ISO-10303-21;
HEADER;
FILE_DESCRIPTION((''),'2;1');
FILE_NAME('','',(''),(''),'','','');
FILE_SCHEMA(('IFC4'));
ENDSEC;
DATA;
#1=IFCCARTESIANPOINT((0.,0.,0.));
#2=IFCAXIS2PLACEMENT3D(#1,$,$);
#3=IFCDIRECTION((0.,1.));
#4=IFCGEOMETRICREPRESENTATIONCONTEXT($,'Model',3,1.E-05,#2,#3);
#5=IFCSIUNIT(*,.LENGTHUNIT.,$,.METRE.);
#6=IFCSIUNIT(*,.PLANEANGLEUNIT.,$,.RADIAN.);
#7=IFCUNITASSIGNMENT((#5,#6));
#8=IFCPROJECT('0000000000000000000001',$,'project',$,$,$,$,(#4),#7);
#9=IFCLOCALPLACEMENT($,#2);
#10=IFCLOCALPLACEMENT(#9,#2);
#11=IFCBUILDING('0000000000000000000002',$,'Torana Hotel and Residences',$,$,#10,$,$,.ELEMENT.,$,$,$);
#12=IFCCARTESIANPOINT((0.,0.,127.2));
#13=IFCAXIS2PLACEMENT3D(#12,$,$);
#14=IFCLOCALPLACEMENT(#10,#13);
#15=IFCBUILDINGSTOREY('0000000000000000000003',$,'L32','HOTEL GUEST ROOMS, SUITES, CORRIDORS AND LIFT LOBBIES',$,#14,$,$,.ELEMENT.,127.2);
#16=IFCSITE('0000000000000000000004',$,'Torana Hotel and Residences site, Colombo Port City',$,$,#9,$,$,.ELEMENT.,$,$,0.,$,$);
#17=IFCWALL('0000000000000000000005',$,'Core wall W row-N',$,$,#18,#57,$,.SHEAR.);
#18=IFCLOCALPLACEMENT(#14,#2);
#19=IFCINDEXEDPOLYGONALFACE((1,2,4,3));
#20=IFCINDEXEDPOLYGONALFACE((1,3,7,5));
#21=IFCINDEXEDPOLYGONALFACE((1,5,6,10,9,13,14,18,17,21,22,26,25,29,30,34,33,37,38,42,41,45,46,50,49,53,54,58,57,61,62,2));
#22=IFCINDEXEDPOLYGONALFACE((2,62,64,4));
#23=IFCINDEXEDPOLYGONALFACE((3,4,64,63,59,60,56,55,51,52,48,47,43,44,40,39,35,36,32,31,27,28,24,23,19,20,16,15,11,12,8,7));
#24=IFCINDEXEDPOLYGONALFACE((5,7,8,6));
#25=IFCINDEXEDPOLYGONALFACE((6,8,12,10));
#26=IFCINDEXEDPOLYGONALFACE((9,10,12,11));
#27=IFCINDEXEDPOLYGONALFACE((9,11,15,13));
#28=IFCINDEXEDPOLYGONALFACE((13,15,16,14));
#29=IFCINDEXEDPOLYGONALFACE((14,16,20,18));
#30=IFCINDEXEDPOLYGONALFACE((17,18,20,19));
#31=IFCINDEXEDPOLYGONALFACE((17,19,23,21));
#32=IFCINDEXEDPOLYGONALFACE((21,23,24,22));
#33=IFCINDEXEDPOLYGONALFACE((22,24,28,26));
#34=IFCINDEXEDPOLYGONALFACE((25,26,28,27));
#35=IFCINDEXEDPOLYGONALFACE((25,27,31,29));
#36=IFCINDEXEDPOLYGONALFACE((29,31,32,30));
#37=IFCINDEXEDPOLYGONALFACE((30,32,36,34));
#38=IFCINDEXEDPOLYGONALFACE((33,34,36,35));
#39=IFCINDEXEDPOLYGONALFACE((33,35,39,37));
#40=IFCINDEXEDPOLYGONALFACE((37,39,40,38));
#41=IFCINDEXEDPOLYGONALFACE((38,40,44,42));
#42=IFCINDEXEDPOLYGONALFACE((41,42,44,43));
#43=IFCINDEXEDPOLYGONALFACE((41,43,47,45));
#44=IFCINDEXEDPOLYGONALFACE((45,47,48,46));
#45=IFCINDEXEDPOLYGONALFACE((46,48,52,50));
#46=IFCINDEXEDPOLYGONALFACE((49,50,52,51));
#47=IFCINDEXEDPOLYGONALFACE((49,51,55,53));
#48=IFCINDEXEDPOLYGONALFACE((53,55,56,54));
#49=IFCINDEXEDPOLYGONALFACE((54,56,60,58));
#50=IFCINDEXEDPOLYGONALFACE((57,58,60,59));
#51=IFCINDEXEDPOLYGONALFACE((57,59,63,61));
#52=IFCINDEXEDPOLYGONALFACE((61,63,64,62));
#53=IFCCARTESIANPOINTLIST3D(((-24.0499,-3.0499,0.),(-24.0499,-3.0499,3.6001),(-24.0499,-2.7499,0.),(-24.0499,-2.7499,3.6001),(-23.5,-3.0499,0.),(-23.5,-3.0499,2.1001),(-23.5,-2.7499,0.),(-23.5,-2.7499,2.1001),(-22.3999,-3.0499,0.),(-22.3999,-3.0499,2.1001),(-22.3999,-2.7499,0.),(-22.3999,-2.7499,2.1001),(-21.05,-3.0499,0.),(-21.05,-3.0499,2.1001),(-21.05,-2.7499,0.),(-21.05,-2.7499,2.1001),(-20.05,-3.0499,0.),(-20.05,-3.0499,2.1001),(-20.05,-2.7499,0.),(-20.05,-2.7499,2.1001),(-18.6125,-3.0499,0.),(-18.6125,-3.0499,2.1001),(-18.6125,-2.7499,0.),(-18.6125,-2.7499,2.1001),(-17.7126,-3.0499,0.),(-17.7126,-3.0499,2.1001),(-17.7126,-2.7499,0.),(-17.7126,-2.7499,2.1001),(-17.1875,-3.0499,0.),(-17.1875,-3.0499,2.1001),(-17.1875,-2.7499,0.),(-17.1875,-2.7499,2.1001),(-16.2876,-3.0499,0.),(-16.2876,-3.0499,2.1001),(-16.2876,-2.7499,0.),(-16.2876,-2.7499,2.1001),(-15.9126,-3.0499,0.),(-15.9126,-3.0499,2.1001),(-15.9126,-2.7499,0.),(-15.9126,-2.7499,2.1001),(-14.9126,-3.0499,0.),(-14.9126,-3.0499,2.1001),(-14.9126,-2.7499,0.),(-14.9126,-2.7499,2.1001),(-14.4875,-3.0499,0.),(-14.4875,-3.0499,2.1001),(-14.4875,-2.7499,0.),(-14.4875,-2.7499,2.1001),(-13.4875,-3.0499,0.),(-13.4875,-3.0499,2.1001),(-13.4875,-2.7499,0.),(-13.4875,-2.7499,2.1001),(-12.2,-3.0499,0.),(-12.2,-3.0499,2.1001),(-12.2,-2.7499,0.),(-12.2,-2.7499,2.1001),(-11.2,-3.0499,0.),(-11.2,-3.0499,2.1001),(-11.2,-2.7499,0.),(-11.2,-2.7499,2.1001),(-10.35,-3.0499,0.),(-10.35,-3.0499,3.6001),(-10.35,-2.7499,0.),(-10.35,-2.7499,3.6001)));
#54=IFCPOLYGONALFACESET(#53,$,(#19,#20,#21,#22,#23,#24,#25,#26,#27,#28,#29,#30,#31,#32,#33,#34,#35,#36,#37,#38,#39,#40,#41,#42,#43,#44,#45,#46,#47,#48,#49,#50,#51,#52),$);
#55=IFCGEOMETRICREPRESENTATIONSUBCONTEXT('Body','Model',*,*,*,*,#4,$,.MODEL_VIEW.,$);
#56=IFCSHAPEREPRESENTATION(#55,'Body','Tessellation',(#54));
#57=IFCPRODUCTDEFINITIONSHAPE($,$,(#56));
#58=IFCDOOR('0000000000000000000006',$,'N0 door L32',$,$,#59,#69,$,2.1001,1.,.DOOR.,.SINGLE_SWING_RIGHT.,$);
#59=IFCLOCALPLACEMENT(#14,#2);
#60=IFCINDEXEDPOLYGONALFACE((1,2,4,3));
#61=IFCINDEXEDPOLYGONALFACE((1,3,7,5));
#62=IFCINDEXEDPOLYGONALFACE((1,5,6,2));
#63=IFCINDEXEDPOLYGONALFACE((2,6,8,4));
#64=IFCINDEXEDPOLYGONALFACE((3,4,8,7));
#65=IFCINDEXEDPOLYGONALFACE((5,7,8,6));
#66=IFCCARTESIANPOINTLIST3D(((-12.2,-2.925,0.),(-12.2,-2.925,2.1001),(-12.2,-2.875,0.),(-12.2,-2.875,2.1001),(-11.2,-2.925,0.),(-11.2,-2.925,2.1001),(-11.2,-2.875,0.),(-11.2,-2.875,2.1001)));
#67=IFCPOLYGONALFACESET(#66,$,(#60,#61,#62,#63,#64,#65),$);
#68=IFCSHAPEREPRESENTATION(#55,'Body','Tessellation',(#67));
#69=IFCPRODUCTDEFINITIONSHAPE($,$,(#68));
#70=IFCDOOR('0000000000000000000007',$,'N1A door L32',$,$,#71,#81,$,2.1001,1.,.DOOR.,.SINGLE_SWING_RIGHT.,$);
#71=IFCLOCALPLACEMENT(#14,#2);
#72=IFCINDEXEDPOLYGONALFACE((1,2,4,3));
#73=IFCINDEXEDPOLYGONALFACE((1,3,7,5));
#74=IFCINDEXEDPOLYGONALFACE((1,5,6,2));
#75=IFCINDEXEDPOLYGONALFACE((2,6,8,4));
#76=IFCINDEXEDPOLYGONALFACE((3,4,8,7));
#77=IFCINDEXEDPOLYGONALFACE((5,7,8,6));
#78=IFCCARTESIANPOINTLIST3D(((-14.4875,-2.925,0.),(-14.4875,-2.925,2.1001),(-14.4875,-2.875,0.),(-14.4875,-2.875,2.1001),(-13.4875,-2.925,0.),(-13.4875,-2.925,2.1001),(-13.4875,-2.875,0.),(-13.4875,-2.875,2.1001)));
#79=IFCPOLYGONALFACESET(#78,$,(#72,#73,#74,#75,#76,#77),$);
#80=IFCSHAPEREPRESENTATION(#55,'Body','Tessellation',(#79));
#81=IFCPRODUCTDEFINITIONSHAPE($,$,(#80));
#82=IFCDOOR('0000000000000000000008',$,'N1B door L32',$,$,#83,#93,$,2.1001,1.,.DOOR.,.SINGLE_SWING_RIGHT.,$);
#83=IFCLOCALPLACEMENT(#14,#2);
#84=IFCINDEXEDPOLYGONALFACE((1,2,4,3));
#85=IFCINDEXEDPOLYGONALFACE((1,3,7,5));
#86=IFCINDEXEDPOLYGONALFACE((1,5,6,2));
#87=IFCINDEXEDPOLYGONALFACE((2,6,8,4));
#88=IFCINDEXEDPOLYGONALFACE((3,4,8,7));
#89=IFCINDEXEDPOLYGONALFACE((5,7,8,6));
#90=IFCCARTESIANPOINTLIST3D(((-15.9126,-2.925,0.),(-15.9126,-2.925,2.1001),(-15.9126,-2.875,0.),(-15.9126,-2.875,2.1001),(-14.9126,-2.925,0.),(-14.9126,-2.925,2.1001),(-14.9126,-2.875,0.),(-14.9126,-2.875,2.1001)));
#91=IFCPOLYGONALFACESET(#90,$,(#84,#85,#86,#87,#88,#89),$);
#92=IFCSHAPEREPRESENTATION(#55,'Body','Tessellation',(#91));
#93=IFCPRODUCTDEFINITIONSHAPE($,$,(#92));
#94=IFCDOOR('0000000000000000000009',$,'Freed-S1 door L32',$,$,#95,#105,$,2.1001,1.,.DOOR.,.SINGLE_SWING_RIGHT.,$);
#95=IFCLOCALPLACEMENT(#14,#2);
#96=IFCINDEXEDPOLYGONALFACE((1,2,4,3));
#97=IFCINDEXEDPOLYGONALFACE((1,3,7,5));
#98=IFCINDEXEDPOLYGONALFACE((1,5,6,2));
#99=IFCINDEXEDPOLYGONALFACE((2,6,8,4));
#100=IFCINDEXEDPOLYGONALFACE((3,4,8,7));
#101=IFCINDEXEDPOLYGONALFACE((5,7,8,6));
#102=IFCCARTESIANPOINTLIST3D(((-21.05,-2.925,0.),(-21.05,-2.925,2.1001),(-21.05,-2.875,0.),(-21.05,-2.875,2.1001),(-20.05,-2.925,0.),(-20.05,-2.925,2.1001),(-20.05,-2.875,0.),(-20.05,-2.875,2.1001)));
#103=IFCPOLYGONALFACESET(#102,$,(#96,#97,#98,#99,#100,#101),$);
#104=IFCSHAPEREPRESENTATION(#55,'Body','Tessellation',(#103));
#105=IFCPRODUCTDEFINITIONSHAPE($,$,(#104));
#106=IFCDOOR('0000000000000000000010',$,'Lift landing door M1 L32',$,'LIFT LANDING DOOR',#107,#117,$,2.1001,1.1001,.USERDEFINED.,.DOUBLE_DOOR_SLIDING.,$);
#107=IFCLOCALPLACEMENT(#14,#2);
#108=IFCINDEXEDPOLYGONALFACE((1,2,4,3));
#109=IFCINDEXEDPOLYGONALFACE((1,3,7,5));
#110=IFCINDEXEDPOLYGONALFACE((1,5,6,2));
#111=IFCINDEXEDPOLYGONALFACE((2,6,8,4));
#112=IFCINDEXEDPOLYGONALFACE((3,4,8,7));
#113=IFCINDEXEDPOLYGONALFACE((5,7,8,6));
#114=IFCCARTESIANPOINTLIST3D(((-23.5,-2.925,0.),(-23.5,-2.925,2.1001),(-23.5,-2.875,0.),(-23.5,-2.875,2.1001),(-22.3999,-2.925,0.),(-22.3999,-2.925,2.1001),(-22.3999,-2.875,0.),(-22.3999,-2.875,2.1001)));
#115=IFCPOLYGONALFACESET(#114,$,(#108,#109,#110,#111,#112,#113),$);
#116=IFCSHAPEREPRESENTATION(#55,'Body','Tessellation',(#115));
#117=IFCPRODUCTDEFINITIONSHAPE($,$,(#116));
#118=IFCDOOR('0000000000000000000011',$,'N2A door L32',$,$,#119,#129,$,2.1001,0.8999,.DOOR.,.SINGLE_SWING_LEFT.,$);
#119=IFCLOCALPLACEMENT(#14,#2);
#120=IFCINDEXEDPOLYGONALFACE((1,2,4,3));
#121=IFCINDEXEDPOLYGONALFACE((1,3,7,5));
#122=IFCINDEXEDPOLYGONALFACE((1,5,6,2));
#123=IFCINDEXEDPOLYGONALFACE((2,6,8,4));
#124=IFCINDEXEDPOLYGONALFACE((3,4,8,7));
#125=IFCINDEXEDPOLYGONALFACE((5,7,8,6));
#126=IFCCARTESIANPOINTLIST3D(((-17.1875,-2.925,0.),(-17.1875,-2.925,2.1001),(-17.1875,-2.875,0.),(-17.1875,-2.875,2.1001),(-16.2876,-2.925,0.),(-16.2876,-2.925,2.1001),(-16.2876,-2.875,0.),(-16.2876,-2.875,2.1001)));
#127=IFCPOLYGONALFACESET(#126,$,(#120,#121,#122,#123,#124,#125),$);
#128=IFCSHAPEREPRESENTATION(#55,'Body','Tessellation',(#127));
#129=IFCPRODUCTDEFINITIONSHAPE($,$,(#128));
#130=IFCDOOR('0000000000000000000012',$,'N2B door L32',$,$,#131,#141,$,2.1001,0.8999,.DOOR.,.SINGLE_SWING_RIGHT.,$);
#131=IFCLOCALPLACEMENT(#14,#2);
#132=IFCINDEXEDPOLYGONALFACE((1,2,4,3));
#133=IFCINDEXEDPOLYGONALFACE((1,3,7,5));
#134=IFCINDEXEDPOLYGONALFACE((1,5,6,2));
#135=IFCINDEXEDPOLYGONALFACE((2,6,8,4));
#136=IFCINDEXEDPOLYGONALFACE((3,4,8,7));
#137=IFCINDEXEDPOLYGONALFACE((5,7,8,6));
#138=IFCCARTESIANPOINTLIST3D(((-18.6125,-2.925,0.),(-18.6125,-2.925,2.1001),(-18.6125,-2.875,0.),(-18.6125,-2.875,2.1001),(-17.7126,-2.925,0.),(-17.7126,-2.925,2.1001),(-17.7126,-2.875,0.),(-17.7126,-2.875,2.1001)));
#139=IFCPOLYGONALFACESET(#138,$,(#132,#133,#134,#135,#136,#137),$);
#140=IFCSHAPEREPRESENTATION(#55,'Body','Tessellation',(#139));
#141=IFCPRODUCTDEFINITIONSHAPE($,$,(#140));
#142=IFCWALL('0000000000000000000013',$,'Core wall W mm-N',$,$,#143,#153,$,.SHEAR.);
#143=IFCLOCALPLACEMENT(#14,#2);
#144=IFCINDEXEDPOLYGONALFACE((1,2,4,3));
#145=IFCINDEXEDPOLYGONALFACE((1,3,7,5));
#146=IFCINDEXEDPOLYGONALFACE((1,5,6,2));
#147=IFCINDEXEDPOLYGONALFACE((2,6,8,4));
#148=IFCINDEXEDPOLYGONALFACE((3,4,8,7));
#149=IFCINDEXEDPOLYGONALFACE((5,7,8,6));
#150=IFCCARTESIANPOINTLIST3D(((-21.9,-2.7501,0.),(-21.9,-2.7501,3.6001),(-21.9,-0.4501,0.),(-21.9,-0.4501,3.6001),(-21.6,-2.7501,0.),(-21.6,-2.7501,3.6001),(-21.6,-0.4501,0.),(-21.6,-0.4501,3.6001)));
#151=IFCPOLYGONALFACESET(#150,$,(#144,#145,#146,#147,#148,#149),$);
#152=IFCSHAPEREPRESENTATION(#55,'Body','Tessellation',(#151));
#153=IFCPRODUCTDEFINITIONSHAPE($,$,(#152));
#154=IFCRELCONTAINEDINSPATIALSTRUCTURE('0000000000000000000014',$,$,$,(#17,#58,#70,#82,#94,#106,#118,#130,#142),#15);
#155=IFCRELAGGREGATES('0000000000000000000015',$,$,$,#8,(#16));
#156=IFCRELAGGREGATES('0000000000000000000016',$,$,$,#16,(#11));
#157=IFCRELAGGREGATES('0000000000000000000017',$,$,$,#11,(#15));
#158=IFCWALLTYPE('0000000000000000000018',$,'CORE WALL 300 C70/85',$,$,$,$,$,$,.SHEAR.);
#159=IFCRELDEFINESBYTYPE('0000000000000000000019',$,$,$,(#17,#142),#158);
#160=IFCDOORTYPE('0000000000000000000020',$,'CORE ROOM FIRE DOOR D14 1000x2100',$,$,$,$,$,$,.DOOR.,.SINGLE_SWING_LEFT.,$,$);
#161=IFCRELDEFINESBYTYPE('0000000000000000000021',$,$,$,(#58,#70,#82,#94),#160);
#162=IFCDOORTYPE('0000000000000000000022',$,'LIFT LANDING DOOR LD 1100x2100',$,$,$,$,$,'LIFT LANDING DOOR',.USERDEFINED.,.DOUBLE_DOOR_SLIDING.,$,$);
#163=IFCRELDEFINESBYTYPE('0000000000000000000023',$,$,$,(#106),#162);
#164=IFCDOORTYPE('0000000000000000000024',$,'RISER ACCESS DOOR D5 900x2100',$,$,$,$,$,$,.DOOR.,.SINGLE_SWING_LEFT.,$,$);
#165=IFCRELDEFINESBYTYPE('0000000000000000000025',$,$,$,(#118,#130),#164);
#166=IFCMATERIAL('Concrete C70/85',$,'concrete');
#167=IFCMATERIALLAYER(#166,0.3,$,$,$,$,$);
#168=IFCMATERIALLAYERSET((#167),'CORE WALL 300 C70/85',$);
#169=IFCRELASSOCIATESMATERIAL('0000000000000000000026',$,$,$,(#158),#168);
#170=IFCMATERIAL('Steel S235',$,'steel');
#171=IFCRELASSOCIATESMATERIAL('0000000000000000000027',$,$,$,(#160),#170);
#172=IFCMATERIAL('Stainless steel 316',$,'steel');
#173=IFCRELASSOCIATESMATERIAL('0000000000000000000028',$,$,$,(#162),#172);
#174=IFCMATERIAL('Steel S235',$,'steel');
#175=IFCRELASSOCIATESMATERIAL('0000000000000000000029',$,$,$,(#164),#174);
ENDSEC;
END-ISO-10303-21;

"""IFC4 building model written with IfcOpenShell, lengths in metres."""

from ifc_helpers import new_model, si_unit, direction, frame, frame_2d, origin, place, context, subcontext, project, spatial, rectangle, extrude, material, layer, layer_set, type_object, element, fill, save


model = new_model("IFC4")

# Units and contexts
model_context = context("Model", 3, precision=1e-05, world=origin(), true_north=direction((0.0, 1.0)))
body_context = subcontext(model_context, "Body", "Model", "MODEL_VIEW")
ifc_project = project(units=[si_unit("LENGTHUNIT", "METRE"), si_unit("PLANEANGLEUNIT", "RADIAN")], contexts=[model_context])

# Site, building, storey
site_placement = place(None, origin())
site = spatial("IfcSite", under=ifc_project, at=site_placement, Name="Torana Hotel and Residences site, Colombo Port City", CompositionType="ELEMENT", RefElevation=0.0)
building_placement = place(site_placement, origin())
building = spatial("IfcBuilding", under=site, at=building_placement, Name="Torana Hotel and Residences", CompositionType="ELEMENT")
storey_placement = place(building_placement, frame((0.0, 0.0, 127.2)))
storey = spatial("IfcBuildingStorey", under=building, at=storey_placement, Name="L32", Description="HOTEL GUEST ROOMS, SUITES, CORRIDORS AND LIFT LOBBIES", CompositionType="ELEMENT", Elevation=127.2)

# Wall, openings, doors
ifc_material_1 = material(Name="Concrete C70/85", Category="concrete")
ifc_layer_1 = layer(ifc_material_1, 0.3)
ifc_layer_set_1 = layer_set([ifc_layer_1], Name="CORE WALL 300 C70/85")
wall_type_1 = type_object("IfcWallType", Name="CORE WALL 300 C70/85", PredefinedType="SHEAR", material=ifc_layer_set_1)
wall_1_placement = place(storey_placement, frame((-24.05, -2.8999, 0.0), z_axis=(0.0, 0.0, 1.0), x_axis=(1.0, 0.0, 0.0)))
wall_1 = element("IfcWall", 1, at=wall_1_placement, inside=storey, type_object=wall_type_1, Name="Core wall W row-N", PredefinedType="SHEAR", context=body_context, shape_type="SweptSolid", body=[
    extrude(rectangle(XDim=13.7, YDim=0.3, at=frame_2d((6.8501, 0.0))), origin(), (0.0, 0.0, 1.0), 3.6001),
])
opening_1_placement = place(wall_1_placement, frame((0.55, 0.0, 0.0)))
opening_1 = element("IfcOpeningElement", 2, at=opening_1_placement, cuts=wall_1, PredefinedType="OPENING", context=body_context, shape_type="SweptSolid", body=[
    extrude(rectangle(XDim=1.1001, YDim=2.1001, at=frame_2d((0.55, 1.05))), frame((0.0, 0.1599, 0.0), z_axis=(0.0, -1.0, 0.0), x_axis=(1.0, 0.0, 0.0)), (0.0, 0.0, 1.0), 0.3201),
])
opening_2_placement = place(wall_1_placement, frame((6.8625, 0.0, 0.0)))
opening_2 = element("IfcOpeningElement", 3, at=opening_2_placement, cuts=wall_1, PredefinedType="OPENING", context=body_context, shape_type="SweptSolid", body=[
    extrude(rectangle(XDim=0.8999, YDim=2.1001, at=frame_2d((0.45, 1.05))), frame((0.0, 0.1599, 0.0), z_axis=(0.0, -1.0, 0.0), x_axis=(1.0, 0.0, 0.0)), (0.0, 0.0, 1.0), 0.3201),
])
opening_3_placement = place(wall_1_placement, frame((5.4375, 0.0, 0.0)))
opening_3 = element("IfcOpeningElement", 4, at=opening_3_placement, cuts=wall_1, PredefinedType="OPENING", context=body_context, shape_type="SweptSolid", body=[
    extrude(rectangle(XDim=0.8999, YDim=2.1001, at=frame_2d((0.45, 1.05))), frame((0.0, 0.1599, 0.0), z_axis=(0.0, -1.0, 0.0), x_axis=(1.0, 0.0, 0.0)), (0.0, 0.0, 1.0), 0.3201),
])
opening_4_placement = place(wall_1_placement, frame((11.8501, 0.0, 0.0)))
opening_4 = element("IfcOpeningElement", 5, at=opening_4_placement, cuts=wall_1, PredefinedType="OPENING", context=body_context, shape_type="SweptSolid", body=[
    extrude(rectangle(XDim=1.0, YDim=2.1001, at=frame_2d((0.5, 1.05))), frame((0.0, 0.1599, 0.0), z_axis=(0.0, -1.0, 0.0), x_axis=(1.0, 0.0, 0.0)), (0.0, 0.0, 1.0), 0.3201),
])
opening_5_placement = place(wall_1_placement, frame((9.5625, 0.0, 0.0)))
opening_5 = element("IfcOpeningElement", 6, at=opening_5_placement, cuts=wall_1, PredefinedType="OPENING", context=body_context, shape_type="SweptSolid", body=[
    extrude(rectangle(XDim=1.0, YDim=2.1001, at=frame_2d((0.5, 1.05))), frame((0.0, 0.1599, 0.0), z_axis=(0.0, -1.0, 0.0), x_axis=(1.0, 0.0, 0.0)), (0.0, 0.0, 1.0), 0.3201),
])
opening_6_placement = place(wall_1_placement, frame((8.1375, 0.0, 0.0)))
opening_6 = element("IfcOpeningElement", 7, at=opening_6_placement, cuts=wall_1, PredefinedType="OPENING", context=body_context, shape_type="SweptSolid", body=[
    extrude(rectangle(XDim=1.0, YDim=2.1001, at=frame_2d((0.5, 1.05))), frame((0.0, 0.1599, 0.0), z_axis=(0.0, -1.0, 0.0), x_axis=(1.0, 0.0, 0.0)), (0.0, 0.0, 1.0), 0.3201),
])
opening_7_placement = place(wall_1_placement, frame((3.0, 0.0, 0.0)))
opening_7 = element("IfcOpeningElement", 8, at=opening_7_placement, cuts=wall_1, PredefinedType="OPENING", context=body_context, shape_type="SweptSolid", body=[
    extrude(rectangle(XDim=1.0, YDim=2.1001, at=frame_2d((0.5, 1.05))), frame((0.0, 0.1599, 0.0), z_axis=(0.0, -1.0, 0.0), x_axis=(1.0, 0.0, 0.0)), (0.0, 0.0, 1.0), 0.3201),
])
ifc_material_2 = material(Name="Steel S235", Category="steel")
door_type_1 = type_object("IfcDoorType", Name="CORE ROOM FIRE DOOR D14 1000x2100", OperationType="SINGLE_SWING_LEFT", PredefinedType="DOOR", material=ifc_material_2)
door_1_placement = place(opening_4_placement, origin())
door_1 = element("IfcDoor", 9, at=door_1_placement, inside=storey, type_object=door_type_1, Name="N0 door L32", OperationType="SINGLE_SWING_RIGHT", OverallHeight=2.1001, OverallWidth=1.0, PredefinedType="DOOR", context=body_context, shape_type="SweptSolid", body=[
    extrude(rectangle(XDim=1.0, YDim=2.1001, at=frame_2d((0.5, 1.05))), frame((0.0, 0.0249, 0.0), z_axis=(0.0, -1.0, 0.0), x_axis=(1.0, 0.0, 0.0)), (0.0, 0.0, 1.0), 0.05),
])
fill(opening_4, door_1)
door_2_placement = place(opening_5_placement, origin())
door_2 = element("IfcDoor", 10, at=door_2_placement, inside=storey, type_object=door_type_1, Name="N1A door L32", OperationType="SINGLE_SWING_RIGHT", OverallHeight=2.1001, OverallWidth=1.0, PredefinedType="DOOR", context=body_context, shape_type="SweptSolid", body=[
    extrude(rectangle(XDim=1.0, YDim=2.1001, at=frame_2d((0.5, 1.05))), frame((0.0, 0.0249, 0.0), z_axis=(0.0, -1.0, 0.0), x_axis=(1.0, 0.0, 0.0)), (0.0, 0.0, 1.0), 0.05),
])
fill(opening_5, door_2)
door_3_placement = place(opening_6_placement, origin())
door_3 = element("IfcDoor", 11, at=door_3_placement, inside=storey, type_object=door_type_1, Name="N1B door L32", OperationType="SINGLE_SWING_RIGHT", OverallHeight=2.1001, OverallWidth=1.0, PredefinedType="DOOR", context=body_context, shape_type="SweptSolid", body=[
    extrude(rectangle(XDim=1.0, YDim=2.1001, at=frame_2d((0.5, 1.05))), frame((0.0, 0.0249, 0.0), z_axis=(0.0, -1.0, 0.0), x_axis=(1.0, 0.0, 0.0)), (0.0, 0.0, 1.0), 0.05),
])
fill(opening_6, door_3)
door_4_placement = place(opening_7_placement, origin())
door_4 = element("IfcDoor", 12, at=door_4_placement, inside=storey, type_object=door_type_1, Name="Freed-S1 door L32", OperationType="SINGLE_SWING_RIGHT", OverallHeight=2.1001, OverallWidth=1.0, PredefinedType="DOOR", context=body_context, shape_type="SweptSolid", body=[
    extrude(rectangle(XDim=1.0, YDim=2.1001, at=frame_2d((0.5, 1.05))), frame((0.0, 0.0249, 0.0), z_axis=(0.0, -1.0, 0.0), x_axis=(1.0, 0.0, 0.0)), (0.0, 0.0, 1.0), 0.05),
])
fill(opening_7, door_4)
ifc_material_3 = material(Name="Stainless steel 316", Category="steel")
door_type_2 = type_object("IfcDoorType", Name="LIFT LANDING DOOR LD 1100x2100", ElementType="LIFT LANDING DOOR", OperationType="DOUBLE_DOOR_SLIDING", PredefinedType="USERDEFINED", material=ifc_material_3)
door_5_placement = place(opening_1_placement, origin())
door_5 = element("IfcDoor", 13, at=door_5_placement, inside=storey, type_object=door_type_2, Name="Lift landing door M1 L32", ObjectType="LIFT LANDING DOOR", OperationType="DOUBLE_DOOR_SLIDING", OverallHeight=2.1001, OverallWidth=1.1001, PredefinedType="USERDEFINED", context=body_context, shape_type="SweptSolid", body=[
    extrude(rectangle(XDim=1.1001, YDim=2.1001, at=frame_2d((0.55, 1.05))), frame((0.0, 0.0249, 0.0), z_axis=(0.0, -1.0, 0.0), x_axis=(1.0, 0.0, 0.0)), (0.0, 0.0, 1.0), 0.05),
])
fill(opening_1, door_5)
ifc_material_4 = material(Name="Steel S235", Category="steel")
door_type_3 = type_object("IfcDoorType", Name="RISER ACCESS DOOR D5 900x2100", OperationType="SINGLE_SWING_LEFT", PredefinedType="DOOR", material=ifc_material_4)
door_6_placement = place(opening_2_placement, origin())
door_6 = element("IfcDoor", 14, at=door_6_placement, inside=storey, type_object=door_type_3, Name="N2A door L32", OperationType="SINGLE_SWING_LEFT", OverallHeight=2.1001, OverallWidth=0.8999, PredefinedType="DOOR", context=body_context, shape_type="SweptSolid", body=[
    extrude(rectangle(XDim=0.8999, YDim=2.1001, at=frame_2d((0.45, 1.05))), frame((0.0, 0.0249, 0.0), z_axis=(0.0, -1.0, 0.0), x_axis=(1.0, 0.0, 0.0)), (0.0, 0.0, 1.0), 0.05),
])
fill(opening_2, door_6)
door_7_placement = place(opening_3_placement, origin())
door_7 = element("IfcDoor", 15, at=door_7_placement, inside=storey, type_object=door_type_3, Name="N2B door L32", OperationType="SINGLE_SWING_RIGHT", OverallHeight=2.1001, OverallWidth=0.8999, PredefinedType="DOOR", context=body_context, shape_type="SweptSolid", body=[
    extrude(rectangle(XDim=0.8999, YDim=2.1001, at=frame_2d((0.45, 1.05))), frame((0.0, 0.0249, 0.0), z_axis=(0.0, -1.0, 0.0), x_axis=(1.0, 0.0, 0.0)), (0.0, 0.0, 1.0), 0.05),
])
fill(opening_3, door_7)

# Wall
wall_2_placement = place(storey_placement, frame((-21.75, -2.75, 0.0), z_axis=(0.0, 0.0, 1.0), x_axis=(0.0, 1.0, 0.0)))
element("IfcWall", 16, at=wall_2_placement, inside=storey, type_object=wall_type_1, Name="Core wall W mm-N", PredefinedType="SHEAR", context=body_context, shape_type="SweptSolid", body=[
    extrude(rectangle(XDim=2.3, YDim=0.3, at=frame_2d((1.1499, 0.0))), origin(), (0.0, 0.0, 1.0), 3.6001),
])

save(model, "model.ifc")
